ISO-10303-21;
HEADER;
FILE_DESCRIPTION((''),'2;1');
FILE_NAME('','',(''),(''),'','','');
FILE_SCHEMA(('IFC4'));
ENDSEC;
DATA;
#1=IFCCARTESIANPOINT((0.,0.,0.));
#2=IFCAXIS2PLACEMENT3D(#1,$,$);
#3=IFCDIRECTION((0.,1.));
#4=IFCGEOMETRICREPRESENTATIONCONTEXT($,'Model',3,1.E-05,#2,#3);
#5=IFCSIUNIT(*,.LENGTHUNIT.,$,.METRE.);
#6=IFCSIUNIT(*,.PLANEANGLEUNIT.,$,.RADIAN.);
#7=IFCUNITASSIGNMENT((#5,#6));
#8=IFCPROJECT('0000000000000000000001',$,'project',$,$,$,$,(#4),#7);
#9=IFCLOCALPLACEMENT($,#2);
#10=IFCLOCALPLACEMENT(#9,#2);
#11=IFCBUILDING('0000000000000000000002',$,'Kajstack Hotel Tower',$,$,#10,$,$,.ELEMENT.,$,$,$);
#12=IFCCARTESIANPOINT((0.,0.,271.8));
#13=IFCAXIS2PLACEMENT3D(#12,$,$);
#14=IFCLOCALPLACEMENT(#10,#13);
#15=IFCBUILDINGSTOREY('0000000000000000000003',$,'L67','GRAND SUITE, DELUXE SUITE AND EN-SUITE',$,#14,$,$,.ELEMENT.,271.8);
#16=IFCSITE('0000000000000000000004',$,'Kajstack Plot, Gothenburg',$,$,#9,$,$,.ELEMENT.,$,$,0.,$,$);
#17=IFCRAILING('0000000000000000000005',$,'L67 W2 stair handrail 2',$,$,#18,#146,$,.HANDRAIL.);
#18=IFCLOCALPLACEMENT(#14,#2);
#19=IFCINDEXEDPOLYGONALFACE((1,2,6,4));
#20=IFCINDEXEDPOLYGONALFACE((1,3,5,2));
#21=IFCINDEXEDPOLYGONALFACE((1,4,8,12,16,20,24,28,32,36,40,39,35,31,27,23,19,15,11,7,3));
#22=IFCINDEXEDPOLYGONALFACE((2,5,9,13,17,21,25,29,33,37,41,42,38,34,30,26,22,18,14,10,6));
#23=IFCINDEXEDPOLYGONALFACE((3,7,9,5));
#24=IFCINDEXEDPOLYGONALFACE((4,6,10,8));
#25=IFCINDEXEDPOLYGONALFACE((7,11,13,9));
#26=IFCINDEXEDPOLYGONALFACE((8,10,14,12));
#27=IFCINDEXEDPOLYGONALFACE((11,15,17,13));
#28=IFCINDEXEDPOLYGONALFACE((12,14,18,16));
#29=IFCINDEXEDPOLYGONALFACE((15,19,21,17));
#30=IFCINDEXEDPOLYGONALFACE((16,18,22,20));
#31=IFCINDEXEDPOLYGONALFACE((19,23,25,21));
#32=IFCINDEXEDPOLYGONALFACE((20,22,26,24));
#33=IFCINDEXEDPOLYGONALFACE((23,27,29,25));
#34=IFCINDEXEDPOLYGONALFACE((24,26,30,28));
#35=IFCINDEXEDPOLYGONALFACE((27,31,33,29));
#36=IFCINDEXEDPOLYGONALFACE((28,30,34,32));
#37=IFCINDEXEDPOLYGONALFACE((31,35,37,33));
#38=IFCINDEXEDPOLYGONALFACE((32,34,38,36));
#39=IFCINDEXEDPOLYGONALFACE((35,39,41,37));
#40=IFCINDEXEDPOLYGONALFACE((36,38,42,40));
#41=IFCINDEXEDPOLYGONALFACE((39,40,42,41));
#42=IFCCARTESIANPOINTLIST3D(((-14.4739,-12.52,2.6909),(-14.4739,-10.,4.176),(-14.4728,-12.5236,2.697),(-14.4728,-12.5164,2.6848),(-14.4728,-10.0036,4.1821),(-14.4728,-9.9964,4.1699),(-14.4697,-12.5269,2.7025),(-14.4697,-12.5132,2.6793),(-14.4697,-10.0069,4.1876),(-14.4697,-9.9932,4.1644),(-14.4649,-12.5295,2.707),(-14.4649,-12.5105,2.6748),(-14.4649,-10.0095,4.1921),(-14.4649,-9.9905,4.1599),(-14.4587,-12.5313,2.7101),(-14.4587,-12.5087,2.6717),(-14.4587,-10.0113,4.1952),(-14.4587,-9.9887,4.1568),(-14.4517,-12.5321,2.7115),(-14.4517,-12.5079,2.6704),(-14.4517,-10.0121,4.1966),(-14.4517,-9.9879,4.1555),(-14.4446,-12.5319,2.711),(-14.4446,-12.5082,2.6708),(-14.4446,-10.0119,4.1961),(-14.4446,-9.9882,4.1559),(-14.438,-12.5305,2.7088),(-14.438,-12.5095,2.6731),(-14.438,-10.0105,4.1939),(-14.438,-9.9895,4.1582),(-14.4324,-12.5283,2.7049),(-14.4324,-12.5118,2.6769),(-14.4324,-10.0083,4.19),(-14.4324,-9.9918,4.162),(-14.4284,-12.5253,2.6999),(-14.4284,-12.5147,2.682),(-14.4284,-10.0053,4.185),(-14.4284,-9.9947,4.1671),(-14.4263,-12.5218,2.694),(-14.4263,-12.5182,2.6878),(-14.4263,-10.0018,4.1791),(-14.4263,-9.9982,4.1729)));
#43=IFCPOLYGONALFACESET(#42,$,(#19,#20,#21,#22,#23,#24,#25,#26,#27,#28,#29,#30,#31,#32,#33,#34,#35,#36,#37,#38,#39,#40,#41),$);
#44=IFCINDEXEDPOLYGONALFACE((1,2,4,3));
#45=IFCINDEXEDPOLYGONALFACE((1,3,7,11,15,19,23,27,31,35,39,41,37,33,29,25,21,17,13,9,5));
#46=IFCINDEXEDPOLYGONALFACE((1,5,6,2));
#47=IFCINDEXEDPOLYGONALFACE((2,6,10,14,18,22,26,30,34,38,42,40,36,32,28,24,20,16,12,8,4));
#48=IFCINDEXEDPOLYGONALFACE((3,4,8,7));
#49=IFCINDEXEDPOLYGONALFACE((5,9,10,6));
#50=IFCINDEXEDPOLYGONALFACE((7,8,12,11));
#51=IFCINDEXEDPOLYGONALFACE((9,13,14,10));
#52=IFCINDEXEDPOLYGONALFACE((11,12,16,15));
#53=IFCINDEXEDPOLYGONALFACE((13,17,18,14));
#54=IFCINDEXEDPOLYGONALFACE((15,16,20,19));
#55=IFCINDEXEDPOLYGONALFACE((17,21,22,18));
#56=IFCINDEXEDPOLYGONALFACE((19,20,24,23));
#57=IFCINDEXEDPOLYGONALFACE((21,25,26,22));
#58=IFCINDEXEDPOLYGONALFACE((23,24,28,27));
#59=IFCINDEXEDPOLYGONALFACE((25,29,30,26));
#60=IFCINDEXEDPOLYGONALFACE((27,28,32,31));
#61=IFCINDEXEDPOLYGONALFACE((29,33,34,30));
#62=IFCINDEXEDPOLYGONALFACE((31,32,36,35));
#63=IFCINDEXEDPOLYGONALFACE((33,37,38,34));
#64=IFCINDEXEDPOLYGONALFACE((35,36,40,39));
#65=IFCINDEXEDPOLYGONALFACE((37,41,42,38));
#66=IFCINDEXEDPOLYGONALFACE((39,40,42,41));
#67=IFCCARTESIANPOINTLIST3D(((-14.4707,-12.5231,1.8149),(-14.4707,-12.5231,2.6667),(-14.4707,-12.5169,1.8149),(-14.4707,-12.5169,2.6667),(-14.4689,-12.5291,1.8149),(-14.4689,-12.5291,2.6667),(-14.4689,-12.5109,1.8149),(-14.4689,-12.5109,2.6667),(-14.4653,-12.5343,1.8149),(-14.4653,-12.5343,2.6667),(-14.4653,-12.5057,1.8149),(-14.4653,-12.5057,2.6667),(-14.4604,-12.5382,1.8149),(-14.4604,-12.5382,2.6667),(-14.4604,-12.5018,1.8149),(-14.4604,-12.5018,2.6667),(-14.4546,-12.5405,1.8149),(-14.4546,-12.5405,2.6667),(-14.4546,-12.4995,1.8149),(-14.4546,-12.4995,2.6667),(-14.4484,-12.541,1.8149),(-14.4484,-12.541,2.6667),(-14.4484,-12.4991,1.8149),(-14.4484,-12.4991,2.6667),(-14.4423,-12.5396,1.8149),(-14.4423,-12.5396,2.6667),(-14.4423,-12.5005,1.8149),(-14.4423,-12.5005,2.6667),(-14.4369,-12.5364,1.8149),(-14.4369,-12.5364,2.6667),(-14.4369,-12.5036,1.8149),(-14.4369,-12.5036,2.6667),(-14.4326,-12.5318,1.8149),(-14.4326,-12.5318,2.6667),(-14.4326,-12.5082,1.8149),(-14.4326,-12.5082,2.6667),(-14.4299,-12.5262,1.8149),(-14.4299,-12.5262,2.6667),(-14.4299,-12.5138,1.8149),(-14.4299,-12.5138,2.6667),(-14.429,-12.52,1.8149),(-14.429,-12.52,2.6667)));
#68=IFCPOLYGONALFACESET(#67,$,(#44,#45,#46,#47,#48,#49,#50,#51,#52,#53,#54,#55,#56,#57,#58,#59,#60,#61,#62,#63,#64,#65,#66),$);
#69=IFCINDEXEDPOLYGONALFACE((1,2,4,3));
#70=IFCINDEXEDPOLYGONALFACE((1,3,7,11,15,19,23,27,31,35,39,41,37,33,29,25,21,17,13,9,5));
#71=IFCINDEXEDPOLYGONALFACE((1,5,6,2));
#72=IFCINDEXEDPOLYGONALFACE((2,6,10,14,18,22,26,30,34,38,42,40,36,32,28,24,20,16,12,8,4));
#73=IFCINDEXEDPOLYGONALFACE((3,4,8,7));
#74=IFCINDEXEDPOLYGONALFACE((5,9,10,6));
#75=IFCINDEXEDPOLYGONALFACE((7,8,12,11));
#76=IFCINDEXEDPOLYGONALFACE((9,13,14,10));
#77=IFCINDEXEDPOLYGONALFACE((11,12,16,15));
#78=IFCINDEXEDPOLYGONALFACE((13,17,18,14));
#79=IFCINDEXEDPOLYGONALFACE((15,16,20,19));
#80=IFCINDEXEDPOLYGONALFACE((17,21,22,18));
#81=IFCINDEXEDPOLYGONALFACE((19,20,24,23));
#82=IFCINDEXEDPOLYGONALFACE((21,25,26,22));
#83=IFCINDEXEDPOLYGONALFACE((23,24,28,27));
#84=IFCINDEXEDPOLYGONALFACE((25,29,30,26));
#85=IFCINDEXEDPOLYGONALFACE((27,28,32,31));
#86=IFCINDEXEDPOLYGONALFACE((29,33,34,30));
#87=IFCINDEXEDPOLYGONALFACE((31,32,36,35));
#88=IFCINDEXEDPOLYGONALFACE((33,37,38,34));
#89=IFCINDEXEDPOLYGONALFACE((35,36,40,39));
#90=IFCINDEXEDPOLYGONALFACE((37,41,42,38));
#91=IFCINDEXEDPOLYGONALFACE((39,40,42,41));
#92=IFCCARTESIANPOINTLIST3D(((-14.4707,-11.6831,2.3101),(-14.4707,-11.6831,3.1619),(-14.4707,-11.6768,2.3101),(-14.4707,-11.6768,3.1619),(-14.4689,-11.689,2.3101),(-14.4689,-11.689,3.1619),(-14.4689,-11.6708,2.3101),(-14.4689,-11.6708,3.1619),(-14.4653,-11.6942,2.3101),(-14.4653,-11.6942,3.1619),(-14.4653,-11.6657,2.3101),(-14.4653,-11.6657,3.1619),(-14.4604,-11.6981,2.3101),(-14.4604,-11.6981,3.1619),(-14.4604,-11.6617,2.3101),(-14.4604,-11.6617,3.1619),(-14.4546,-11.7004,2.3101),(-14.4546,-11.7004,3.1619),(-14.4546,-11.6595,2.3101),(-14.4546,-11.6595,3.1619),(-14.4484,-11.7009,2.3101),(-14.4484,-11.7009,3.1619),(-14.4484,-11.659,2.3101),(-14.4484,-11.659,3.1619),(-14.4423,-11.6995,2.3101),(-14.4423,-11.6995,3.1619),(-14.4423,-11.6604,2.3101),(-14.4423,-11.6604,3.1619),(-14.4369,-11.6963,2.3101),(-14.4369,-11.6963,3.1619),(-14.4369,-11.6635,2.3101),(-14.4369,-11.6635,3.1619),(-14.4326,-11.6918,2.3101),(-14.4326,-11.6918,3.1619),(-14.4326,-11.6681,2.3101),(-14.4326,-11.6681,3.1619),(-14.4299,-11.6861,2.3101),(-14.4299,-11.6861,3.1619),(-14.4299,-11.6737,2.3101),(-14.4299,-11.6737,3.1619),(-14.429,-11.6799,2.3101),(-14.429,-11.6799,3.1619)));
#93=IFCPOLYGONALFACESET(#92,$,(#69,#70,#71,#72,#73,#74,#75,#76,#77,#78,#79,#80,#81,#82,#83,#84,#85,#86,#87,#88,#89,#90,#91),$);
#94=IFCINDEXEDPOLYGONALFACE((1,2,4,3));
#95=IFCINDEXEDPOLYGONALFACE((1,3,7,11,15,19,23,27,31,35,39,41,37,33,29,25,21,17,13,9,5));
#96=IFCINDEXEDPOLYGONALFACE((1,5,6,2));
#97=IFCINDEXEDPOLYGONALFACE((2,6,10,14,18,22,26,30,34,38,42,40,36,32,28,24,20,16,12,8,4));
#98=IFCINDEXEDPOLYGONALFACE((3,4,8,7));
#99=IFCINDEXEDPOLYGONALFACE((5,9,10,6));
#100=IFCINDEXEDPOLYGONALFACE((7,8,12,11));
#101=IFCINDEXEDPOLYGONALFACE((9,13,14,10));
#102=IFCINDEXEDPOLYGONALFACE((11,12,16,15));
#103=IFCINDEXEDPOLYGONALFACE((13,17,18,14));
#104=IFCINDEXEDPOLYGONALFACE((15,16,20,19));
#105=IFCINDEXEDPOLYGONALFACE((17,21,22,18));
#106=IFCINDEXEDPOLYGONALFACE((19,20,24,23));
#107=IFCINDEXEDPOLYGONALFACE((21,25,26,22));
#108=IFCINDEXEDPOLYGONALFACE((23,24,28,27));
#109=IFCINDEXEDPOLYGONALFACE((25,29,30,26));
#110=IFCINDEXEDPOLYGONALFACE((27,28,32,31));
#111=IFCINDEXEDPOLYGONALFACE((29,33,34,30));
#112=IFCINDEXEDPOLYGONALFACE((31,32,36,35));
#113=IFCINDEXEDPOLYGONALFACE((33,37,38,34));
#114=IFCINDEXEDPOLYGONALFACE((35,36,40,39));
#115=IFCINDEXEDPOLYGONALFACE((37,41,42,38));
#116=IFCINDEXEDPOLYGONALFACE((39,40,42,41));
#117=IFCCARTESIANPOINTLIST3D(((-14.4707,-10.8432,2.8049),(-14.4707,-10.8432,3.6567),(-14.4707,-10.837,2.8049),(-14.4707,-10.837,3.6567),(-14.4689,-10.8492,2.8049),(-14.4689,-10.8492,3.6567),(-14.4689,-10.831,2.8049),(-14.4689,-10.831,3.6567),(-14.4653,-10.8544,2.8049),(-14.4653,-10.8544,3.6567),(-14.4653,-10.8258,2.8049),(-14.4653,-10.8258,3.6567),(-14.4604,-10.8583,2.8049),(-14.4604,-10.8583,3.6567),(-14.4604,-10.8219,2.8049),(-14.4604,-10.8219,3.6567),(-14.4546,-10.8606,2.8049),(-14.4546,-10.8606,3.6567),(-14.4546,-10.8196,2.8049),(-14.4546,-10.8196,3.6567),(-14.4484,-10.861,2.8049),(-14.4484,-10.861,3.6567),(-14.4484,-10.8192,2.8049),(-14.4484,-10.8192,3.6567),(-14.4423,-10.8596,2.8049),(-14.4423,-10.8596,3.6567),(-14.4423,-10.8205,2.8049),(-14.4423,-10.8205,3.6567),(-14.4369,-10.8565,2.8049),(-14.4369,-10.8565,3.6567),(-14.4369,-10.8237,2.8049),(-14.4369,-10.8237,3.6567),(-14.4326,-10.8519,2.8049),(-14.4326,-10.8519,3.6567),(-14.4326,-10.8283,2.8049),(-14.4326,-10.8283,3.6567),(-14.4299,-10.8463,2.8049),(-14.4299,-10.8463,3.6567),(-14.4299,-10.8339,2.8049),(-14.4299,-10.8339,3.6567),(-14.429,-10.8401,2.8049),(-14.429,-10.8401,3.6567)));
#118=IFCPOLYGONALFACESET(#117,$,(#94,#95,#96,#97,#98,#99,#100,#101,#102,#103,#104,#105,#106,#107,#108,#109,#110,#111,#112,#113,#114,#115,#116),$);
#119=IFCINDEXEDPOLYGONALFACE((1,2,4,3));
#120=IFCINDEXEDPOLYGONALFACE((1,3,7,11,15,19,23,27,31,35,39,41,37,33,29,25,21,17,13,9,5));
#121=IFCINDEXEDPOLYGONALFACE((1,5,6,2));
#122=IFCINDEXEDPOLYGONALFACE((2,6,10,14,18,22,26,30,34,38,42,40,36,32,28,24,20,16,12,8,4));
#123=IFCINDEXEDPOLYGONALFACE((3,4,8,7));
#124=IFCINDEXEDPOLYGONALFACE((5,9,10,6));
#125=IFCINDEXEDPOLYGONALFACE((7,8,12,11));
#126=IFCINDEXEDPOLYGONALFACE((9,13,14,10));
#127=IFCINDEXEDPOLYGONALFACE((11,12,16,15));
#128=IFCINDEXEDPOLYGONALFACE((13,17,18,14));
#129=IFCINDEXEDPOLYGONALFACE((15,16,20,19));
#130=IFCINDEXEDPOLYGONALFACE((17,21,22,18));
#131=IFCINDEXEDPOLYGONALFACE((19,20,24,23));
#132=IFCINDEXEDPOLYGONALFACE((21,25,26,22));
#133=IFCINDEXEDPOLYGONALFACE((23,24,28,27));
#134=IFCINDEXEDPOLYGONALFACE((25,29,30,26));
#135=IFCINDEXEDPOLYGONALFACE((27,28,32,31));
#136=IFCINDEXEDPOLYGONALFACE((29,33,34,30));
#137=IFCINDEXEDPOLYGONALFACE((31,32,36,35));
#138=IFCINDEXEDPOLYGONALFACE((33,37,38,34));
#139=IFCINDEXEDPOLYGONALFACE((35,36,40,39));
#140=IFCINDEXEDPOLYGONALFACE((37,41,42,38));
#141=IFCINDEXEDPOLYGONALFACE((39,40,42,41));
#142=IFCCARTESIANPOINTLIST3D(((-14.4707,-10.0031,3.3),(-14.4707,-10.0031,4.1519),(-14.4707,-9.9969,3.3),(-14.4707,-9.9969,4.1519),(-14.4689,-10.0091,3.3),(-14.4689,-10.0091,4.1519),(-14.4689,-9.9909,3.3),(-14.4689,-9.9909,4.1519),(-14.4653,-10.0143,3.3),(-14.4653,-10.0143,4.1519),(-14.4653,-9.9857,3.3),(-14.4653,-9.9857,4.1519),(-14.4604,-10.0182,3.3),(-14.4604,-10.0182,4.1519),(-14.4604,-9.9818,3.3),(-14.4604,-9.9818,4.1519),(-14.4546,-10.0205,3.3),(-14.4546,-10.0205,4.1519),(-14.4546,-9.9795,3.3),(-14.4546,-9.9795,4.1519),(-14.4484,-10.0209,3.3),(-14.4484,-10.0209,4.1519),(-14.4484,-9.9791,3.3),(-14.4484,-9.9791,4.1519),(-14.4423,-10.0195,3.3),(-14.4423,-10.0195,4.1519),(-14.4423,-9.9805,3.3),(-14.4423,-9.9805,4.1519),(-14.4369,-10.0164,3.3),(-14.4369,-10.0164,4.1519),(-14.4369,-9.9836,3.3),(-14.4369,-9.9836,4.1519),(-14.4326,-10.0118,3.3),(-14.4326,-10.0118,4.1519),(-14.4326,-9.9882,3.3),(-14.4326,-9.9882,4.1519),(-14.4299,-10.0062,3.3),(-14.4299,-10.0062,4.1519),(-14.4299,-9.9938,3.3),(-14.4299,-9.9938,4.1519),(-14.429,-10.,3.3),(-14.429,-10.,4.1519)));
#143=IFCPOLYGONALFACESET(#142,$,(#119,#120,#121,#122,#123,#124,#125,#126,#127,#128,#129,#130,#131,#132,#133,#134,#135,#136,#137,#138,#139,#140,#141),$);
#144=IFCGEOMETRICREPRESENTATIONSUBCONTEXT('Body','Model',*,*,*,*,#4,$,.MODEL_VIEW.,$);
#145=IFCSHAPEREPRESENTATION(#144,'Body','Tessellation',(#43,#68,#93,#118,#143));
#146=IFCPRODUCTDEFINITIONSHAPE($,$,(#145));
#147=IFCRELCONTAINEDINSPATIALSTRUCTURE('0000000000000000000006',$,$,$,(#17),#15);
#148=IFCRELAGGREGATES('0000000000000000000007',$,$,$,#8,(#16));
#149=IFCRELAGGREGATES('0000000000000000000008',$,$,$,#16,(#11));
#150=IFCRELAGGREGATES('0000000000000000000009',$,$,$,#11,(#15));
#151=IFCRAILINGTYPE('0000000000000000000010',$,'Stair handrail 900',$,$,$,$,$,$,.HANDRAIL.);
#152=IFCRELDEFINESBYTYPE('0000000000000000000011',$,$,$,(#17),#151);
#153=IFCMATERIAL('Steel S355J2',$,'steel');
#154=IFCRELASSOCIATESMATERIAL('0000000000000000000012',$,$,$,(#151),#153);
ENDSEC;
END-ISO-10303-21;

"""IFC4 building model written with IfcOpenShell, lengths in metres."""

from ifc_helpers import new_model, si_unit, direction, frame, origin, origin_2d, place, context, subcontext, project, spatial, circle, extrude, material, type_object, element, save


model = new_model("IFC4")

# Units and contexts
model_context = context("Model", 3, precision=1e-05, world=origin(), true_north=direction((0.0, 1.0)))
body_context = subcontext(model_context, "Body", "Model", "MODEL_VIEW")
ifc_project = project(units=[si_unit("LENGTHUNIT", "METRE"), si_unit("PLANEANGLEUNIT", "RADIAN")], contexts=[model_context])

# Site, building, storey
site_placement = place(None, origin())
site = spatial("IfcSite", under=ifc_project, at=site_placement, Name="Kajstack Plot, Gothenburg", CompositionType="ELEMENT", RefElevation=0.0)
building_placement = place(site_placement, origin())
building = spatial("IfcBuilding", under=site, at=building_placement, Name="Kajstack Hotel Tower", CompositionType="ELEMENT")
storey_placement = place(building_placement, frame((0.0, 0.0, 271.8)))
storey = spatial("IfcBuildingStorey", under=building, at=storey_placement, Name="L67", Description="GRAND SUITE, DELUXE SUITE AND EN-SUITE", CompositionType="ELEMENT", Elevation=271.8)

# Railing
ifc_material_1 = material(Name="Steel S355J2", Category="steel")
railing_type_1 = type_object("IfcRailingType", Name="Stair handrail 900", PredefinedType="HANDRAIL", material=ifc_material_1)
railing_1_placement = place(storey_placement, frame((-14.45, -12.52, 1.8149)))
element("IfcRailing", 1, at=railing_1_placement, inside=storey, type_object=railing_type_1, Name="L67 W2 stair handrail 2", PredefinedType="HANDRAIL", context=body_context, shape_type="SweptSolid", body=[
    extrude(circle(Radius=0.0239, at=origin_2d()), frame((0.0, 0.0, 0.876), z_axis=(0.0, 0.861524, 0.507717), x_axis=(-1.0, 0.0, 0.0)), (0.0, 0.0, 1.0), 2.925),
    extrude(circle(Radius=0.021, at=origin_2d()), origin(), (0.0, 0.0, 1.0), 0.8518),
    extrude(circle(Radius=0.021, at=origin_2d()), frame((0.0, 0.8401, 0.4951)), (0.0, 0.0, 1.0), 0.8518),
    extrude(circle(Radius=0.021, at=origin_2d()), frame((0.0, 1.6799, 0.99)), (0.0, 0.0, 1.0), 0.8518),
    extrude(circle(Radius=0.021, at=origin_2d()), frame((0.0, 2.52, 1.4851)), (0.0, 0.0, 1.0), 0.8518),
])

save(model, "model.ifc")
